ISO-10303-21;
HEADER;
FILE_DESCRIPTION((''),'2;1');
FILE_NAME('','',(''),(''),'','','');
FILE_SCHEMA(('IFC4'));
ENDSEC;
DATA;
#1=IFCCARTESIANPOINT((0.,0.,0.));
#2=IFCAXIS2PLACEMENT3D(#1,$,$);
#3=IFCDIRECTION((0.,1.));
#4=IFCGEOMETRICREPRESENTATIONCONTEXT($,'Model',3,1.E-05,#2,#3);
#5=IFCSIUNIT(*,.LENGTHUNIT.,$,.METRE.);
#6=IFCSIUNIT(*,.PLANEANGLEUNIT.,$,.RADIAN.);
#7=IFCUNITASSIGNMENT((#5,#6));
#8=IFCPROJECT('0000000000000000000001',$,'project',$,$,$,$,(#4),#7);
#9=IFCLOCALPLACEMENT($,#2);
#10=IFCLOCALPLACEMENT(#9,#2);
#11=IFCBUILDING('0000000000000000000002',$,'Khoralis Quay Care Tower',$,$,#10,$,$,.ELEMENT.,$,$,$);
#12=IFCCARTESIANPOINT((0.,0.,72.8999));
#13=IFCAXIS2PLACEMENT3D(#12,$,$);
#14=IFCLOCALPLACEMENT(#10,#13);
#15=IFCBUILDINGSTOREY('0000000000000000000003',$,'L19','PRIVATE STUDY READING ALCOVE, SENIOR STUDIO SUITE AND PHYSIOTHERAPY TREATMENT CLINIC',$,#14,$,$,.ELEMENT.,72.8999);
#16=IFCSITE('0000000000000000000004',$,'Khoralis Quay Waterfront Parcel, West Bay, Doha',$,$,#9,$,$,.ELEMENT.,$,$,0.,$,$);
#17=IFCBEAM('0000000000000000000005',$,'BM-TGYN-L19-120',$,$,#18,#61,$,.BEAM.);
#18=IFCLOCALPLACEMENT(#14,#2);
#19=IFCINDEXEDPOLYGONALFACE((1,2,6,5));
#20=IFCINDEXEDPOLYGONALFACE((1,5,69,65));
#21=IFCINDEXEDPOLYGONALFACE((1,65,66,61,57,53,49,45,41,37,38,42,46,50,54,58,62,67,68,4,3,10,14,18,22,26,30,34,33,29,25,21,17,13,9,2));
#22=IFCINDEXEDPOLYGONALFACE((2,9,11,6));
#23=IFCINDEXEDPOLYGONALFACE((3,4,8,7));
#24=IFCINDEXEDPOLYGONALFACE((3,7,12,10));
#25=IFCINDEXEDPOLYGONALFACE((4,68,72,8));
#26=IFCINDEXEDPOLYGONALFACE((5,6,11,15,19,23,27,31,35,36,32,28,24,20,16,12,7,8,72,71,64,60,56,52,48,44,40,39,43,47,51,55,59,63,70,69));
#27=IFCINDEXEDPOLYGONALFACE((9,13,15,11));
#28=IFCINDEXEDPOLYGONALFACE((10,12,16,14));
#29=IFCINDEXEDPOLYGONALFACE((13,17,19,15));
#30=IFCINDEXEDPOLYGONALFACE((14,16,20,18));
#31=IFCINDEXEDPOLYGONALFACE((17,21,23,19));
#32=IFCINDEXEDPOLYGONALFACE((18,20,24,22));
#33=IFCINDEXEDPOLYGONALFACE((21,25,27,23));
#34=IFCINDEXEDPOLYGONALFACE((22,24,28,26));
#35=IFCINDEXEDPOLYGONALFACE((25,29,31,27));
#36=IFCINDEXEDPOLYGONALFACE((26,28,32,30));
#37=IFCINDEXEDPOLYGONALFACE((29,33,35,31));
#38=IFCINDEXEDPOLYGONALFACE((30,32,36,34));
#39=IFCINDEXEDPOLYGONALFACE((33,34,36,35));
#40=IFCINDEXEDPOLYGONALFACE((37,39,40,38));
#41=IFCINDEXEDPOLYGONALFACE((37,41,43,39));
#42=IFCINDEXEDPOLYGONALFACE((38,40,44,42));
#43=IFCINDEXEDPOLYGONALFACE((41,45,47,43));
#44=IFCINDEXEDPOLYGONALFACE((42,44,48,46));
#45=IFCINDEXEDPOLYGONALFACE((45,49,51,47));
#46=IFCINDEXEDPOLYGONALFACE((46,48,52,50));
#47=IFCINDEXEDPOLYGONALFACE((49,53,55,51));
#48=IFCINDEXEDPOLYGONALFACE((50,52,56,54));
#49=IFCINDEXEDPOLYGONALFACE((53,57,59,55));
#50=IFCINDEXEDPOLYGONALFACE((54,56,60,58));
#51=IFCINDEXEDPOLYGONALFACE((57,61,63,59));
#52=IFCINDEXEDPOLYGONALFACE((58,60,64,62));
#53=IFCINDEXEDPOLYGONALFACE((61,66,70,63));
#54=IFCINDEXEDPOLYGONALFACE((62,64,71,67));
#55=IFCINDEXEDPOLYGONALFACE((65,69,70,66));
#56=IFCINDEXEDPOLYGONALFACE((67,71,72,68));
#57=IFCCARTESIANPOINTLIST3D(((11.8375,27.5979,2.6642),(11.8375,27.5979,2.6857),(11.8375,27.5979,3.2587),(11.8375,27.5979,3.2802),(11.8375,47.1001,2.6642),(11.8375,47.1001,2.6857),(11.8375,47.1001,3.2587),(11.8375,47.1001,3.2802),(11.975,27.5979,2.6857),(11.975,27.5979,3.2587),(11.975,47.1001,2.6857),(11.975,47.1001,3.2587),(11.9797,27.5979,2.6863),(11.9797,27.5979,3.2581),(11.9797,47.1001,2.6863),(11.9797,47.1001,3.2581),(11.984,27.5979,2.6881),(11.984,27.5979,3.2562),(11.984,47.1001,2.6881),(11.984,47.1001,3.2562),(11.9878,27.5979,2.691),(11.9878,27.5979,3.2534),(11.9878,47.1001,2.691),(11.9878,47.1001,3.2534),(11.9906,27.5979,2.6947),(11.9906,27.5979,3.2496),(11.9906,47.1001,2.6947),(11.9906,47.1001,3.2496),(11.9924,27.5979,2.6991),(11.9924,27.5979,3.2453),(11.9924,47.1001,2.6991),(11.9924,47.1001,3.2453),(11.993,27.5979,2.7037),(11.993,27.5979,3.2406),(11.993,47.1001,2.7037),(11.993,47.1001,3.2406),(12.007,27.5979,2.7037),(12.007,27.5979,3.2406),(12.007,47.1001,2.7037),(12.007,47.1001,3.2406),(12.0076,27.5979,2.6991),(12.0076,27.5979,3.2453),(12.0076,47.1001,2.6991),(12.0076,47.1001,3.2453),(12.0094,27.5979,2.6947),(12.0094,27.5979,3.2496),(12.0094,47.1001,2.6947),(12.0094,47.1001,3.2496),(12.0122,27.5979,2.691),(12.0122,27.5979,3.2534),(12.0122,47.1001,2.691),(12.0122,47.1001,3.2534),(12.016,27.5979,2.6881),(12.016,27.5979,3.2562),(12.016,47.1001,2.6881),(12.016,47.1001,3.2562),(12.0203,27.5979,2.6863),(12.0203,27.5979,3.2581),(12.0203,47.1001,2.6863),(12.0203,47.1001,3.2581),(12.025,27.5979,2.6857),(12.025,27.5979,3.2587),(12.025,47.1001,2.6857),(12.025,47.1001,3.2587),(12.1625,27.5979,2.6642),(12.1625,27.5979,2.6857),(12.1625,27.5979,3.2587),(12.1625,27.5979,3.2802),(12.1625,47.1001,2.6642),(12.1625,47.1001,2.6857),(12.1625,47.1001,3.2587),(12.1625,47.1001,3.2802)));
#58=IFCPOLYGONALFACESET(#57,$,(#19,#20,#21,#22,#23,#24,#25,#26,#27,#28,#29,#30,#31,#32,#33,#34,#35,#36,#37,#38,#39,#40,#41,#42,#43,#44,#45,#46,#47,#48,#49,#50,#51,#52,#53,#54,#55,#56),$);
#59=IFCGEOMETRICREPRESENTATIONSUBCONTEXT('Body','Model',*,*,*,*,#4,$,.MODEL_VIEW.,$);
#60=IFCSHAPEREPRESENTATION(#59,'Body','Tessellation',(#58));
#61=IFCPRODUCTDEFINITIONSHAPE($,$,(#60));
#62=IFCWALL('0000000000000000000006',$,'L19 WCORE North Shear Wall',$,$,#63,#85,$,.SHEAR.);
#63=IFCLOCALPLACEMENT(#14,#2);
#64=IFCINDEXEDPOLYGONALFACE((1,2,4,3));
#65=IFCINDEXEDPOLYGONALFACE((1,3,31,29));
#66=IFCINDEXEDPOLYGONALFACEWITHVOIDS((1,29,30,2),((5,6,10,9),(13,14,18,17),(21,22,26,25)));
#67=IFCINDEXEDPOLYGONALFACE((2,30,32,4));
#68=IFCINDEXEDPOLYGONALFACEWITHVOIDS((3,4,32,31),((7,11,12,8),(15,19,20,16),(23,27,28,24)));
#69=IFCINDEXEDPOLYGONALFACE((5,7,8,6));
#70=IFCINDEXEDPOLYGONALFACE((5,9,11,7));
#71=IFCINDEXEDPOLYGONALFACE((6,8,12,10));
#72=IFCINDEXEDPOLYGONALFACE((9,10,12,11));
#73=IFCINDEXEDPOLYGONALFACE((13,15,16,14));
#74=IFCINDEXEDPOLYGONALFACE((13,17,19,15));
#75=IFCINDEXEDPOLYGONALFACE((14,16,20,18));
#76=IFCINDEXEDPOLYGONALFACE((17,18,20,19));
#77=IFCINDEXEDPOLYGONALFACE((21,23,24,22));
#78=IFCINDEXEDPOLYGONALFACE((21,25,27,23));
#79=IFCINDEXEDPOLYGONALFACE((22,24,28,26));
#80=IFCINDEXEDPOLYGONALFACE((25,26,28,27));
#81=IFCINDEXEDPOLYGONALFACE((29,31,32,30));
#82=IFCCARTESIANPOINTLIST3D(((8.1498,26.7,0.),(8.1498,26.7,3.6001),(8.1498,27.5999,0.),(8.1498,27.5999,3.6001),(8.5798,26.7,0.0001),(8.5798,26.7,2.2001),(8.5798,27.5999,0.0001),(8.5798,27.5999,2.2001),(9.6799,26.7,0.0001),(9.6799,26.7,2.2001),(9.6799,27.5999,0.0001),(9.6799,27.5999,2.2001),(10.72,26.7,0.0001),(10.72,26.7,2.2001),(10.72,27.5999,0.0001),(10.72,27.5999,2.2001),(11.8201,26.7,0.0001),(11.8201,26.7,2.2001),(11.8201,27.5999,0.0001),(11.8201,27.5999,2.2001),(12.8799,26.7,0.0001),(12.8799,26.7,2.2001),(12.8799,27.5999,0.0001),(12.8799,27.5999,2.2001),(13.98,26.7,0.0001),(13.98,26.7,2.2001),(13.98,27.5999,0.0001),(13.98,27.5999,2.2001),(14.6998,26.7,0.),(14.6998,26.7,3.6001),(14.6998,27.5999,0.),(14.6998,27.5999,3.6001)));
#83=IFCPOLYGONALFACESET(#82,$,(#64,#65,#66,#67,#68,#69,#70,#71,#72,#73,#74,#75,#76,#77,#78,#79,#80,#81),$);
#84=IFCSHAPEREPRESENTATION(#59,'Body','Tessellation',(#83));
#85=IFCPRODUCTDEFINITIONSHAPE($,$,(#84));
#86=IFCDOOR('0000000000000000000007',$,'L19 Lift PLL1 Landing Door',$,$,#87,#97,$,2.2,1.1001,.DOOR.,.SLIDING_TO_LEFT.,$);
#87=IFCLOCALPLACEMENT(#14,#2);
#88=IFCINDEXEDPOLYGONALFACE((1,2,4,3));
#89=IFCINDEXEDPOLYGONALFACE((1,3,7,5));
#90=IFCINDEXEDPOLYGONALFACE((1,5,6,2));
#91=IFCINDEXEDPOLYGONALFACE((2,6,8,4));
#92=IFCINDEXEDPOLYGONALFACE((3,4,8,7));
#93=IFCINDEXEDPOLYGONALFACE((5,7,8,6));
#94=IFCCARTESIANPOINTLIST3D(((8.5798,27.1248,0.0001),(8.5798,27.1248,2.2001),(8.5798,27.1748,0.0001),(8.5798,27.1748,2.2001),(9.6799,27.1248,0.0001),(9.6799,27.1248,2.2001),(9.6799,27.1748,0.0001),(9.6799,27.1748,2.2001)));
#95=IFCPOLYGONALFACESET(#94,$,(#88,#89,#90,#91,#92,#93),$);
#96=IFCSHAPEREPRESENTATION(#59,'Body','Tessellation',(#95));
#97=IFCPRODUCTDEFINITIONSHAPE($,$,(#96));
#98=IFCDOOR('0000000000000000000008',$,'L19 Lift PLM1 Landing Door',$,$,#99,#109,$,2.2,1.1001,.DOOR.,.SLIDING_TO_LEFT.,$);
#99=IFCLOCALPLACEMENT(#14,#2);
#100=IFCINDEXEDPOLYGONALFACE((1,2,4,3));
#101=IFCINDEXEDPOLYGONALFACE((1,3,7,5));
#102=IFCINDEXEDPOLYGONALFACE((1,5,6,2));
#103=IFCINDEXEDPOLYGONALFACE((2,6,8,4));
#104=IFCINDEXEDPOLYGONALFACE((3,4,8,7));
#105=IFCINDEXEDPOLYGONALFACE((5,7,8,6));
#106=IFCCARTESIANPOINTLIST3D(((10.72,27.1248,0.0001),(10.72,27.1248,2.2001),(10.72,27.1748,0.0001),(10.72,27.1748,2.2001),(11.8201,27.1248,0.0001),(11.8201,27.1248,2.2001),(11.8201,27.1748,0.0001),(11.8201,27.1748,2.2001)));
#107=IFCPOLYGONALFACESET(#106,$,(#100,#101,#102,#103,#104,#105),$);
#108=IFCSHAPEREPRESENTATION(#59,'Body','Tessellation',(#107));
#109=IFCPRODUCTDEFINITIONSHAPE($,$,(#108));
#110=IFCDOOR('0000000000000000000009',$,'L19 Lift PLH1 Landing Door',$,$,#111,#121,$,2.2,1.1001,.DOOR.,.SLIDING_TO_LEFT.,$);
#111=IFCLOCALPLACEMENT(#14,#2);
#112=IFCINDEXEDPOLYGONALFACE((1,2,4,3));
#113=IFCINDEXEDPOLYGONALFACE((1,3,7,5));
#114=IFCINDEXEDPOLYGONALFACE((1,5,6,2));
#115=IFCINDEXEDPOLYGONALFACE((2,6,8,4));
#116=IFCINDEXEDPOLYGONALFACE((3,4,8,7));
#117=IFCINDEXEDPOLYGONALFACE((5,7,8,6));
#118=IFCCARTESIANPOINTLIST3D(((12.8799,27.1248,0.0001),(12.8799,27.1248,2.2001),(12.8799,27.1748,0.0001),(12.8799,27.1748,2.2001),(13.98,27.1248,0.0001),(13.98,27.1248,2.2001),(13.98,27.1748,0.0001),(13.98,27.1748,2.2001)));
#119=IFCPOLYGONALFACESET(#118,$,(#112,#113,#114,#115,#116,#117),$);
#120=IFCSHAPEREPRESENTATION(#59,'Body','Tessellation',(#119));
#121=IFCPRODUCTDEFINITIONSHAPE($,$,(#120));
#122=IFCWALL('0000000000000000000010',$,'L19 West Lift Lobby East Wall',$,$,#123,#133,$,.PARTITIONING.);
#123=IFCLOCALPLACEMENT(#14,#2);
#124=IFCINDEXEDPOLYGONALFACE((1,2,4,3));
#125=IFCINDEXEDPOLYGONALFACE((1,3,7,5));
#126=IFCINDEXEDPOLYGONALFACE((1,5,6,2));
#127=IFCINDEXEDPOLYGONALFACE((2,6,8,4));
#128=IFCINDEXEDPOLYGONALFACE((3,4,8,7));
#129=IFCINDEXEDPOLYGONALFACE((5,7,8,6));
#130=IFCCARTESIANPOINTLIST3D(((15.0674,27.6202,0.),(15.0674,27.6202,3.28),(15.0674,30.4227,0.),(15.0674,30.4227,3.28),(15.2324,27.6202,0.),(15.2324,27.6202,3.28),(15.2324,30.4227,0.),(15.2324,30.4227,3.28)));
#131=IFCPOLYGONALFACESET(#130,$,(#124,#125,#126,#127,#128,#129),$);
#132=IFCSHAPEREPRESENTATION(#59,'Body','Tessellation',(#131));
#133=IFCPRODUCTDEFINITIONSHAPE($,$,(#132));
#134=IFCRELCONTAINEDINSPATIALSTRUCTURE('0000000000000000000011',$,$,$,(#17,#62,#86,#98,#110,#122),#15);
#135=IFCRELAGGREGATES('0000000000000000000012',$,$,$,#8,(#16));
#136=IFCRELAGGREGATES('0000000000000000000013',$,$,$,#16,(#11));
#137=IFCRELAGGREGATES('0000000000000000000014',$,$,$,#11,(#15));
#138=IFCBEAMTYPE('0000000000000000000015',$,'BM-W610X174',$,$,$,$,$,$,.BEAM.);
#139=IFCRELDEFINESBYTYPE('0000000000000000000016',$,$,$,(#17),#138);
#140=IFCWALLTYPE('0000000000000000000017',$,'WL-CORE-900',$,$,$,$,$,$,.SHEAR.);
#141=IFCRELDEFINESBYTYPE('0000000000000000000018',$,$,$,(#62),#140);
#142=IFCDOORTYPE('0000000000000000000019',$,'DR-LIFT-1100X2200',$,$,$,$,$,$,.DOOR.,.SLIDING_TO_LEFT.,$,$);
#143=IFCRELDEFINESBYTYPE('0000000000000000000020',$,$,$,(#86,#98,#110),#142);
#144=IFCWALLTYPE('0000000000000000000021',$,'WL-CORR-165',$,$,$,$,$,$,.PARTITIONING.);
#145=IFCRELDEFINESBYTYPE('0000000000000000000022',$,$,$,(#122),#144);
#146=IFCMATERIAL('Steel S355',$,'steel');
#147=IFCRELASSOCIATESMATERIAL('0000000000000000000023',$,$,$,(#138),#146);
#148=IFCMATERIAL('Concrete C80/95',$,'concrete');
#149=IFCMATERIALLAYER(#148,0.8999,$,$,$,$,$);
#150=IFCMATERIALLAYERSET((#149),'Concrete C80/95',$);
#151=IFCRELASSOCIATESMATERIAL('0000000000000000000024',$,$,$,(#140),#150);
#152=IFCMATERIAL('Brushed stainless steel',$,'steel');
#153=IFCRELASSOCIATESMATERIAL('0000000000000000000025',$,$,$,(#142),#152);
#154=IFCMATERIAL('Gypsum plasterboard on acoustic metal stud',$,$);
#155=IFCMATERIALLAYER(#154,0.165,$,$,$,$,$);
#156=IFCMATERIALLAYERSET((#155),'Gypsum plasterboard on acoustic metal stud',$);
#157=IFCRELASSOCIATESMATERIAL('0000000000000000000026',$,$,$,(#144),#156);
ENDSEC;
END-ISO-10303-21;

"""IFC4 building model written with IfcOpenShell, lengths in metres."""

from ifc_helpers import new_model, si_unit, direction, frame, frame_2d, origin, origin_2d, place, context, subcontext, project, spatial, rectangle, i_section, extrude, source, transform, mapped, material, layer, layer_set, material_profile, profile_set, type_object, element, fill, save


model = new_model("IFC4")

# Units and contexts
model_context = context("Model", 3, precision=1e-05, world=origin(), true_north=direction((0.0, 1.0)))
body_context = subcontext(model_context, "Body", "Model", "MODEL_VIEW")
ifc_project = project(units=[si_unit("LENGTHUNIT", "METRE"), si_unit("PLANEANGLEUNIT", "RADIAN")], contexts=[model_context])

# Site, building, storey
site_placement = place(None, origin())
site = spatial("IfcSite", under=ifc_project, at=site_placement, Name="Khoralis Quay Waterfront Parcel, West Bay, Doha", CompositionType="ELEMENT", RefElevation=0.0)
building_placement = place(site_placement, origin())
building = spatial("IfcBuilding", under=site, at=building_placement, Name="Khoralis Quay Care Tower", CompositionType="ELEMENT")
storey_placement = place(building_placement, frame((0.0, 0.0, 72.8999)))
storey = spatial("IfcBuildingStorey", under=building, at=storey_placement, Name="L19", Description="PRIVATE STUDY READING ALCOVE, SENIOR STUDIO SUITE AND PHYSIOTHERAPY TREATMENT CLINIC", CompositionType="ELEMENT", Elevation=72.8999)

# Beam
ifc_material_1 = material(Name="Concrete C80/95", Category="concrete")
ifc_material_2 = material(Name="Steel S355", Category="steel")
ifc_material_profile_1 = material_profile(ifc_material_2, i_section(OverallWidth=0.325, OverallDepth=0.616, WebThickness=0.0139, FlangeThickness=0.0215, FilletRadius=0.0181, at=origin_2d()), Name="Steel S355")
ifc_profile_set_1 = profile_set([ifc_material_profile_1], Name="Steel S355")
beam_type_1 = type_object("IfcBeamType", Name="BM-W610X174", PredefinedType="BEAM", material=ifc_profile_set_1)
shared_shape_1 = source(origin(), body_context, "Body", "SweptSolid", [
    extrude(i_section(OverallWidth=0.325, OverallDepth=0.616, WebThickness=0.0139, FlangeThickness=0.0215, FilletRadius=0.0181, at=origin_2d()), origin(), (0.0, 0.0, 1.0), 19.5022),
])
beam_1_placement = place(storey_placement, frame((12.0, 27.5979, 2.9722), z_axis=(0.0, 1.0, 0.0), x_axis=(-1.0, 0.0, 0.0)))
element("IfcBeam", 1, at=beam_1_placement, inside=storey, type_object=beam_type_1, Name="BM-TGYN-L19-120", PredefinedType="BEAM", context=body_context, shape_type="MappedRepresentation", body=[
    mapped(shared_shape_1, transform((0.0, 0.0, 0.0), scale=1.0)),
])

# Wall, openings, doors
ifc_layer_1 = layer(ifc_material_1, 0.8999)
ifc_layer_set_1 = layer_set([ifc_layer_1], Name="Concrete C80/95")
wall_type_1 = type_object("IfcWallType", Name="WL-CORE-900", PredefinedType="SHEAR", material=ifc_layer_set_1)
wall_1_placement = place(storey_placement, frame((8.1499, 27.1499, 0.0), z_axis=(0.0, 0.0, 1.0), x_axis=(1.0, 0.0, 0.0)))
wall_1 = element("IfcWall", 2, at=wall_1_placement, inside=storey, type_object=wall_type_1, Name="L19 WCORE North Shear Wall", PredefinedType="SHEAR", context=body_context, shape_type="SweptSolid", body=[
    extrude(rectangle(XDim=6.55, YDim=0.8999, at=frame_2d((3.2749, 0.0))), origin(), (0.0, 0.0, 1.0), 3.6001),
])
opening_1_placement = place(wall_1_placement, frame((0.4299, 0.0, 0.0)))
opening_1 = element("IfcOpeningElement", 3, at=opening_1_placement, cuts=wall_1, PredefinedType="OPENING", context=body_context, shape_type="SweptSolid", body=[
    extrude(rectangle(XDim=1.1001, YDim=2.2, at=frame_2d((0.55, 1.1001))), frame((0.0, 0.46, 0.0), z_axis=(0.0, -1.0, 0.0), x_axis=(1.0, 0.0, 0.0)), (0.0, 0.0, 1.0), 0.9199),
])
opening_2_placement = place(wall_1_placement, frame((2.5701, 0.0, 0.0)))
opening_2 = element("IfcOpeningElement", 4, at=opening_2_placement, cuts=wall_1, PredefinedType="OPENING", context=body_context, shape_type="SweptSolid", body=[
    extrude(rectangle(XDim=1.1001, YDim=2.2, at=frame_2d((0.55, 1.1001))), frame((0.0, 0.46, 0.0), z_axis=(0.0, -1.0, 0.0), x_axis=(1.0, 0.0, 0.0)), (0.0, 0.0, 1.0), 0.9199),
])
opening_3_placement = place(wall_1_placement, frame((4.73, 0.0, 0.0)))
opening_3 = element("IfcOpeningElement", 5, at=opening_3_placement, cuts=wall_1, PredefinedType="OPENING", context=body_context, shape_type="SweptSolid", body=[
    extrude(rectangle(XDim=1.1001, YDim=2.2, at=frame_2d((0.55, 1.1001))), frame((0.0, 0.46, 0.0), z_axis=(0.0, -1.0, 0.0), x_axis=(1.0, 0.0, 0.0)), (0.0, 0.0, 1.0), 0.9199),
])
ifc_material_3 = material(Name="Brushed stainless steel", Category="steel")
door_type_1 = type_object("IfcDoorType", Name="DR-LIFT-1100X2200", OperationType="SLIDING_TO_LEFT", PredefinedType="DOOR", material=ifc_material_3)
shared_shape_2 = source(origin(), body_context, "Body", "SweptSolid", [
    extrude(rectangle(XDim=1.1001, YDim=2.2, at=frame_2d((0.55, 1.1001))), frame((0.0, 0.0249, 0.0), z_axis=(0.0, -1.0, 0.0), x_axis=(1.0, 0.0, 0.0)), (0.0, 0.0, 1.0), 0.05),
])
door_1_placement = place(opening_1_placement, origin())
door_1 = element("IfcDoor", 6, at=door_1_placement, inside=storey, type_object=door_type_1, Name="L19 Lift PLL1 Landing Door", OperationType="SLIDING_TO_LEFT", OverallHeight=2.2, OverallWidth=1.1001, PredefinedType="DOOR", context=body_context, shape_type="MappedRepresentation", body=[
    mapped(shared_shape_2, transform((0.0, 0.0, 0.0), scale=1.0)),
])
fill(opening_1, door_1)
door_2_placement = place(opening_2_placement, origin())
door_2 = element("IfcDoor", 7, at=door_2_placement, inside=storey, type_object=door_type_1, Name="L19 Lift PLM1 Landing Door", OperationType="SLIDING_TO_LEFT", OverallHeight=2.2, OverallWidth=1.1001, PredefinedType="DOOR", context=body_context, shape_type="MappedRepresentation", body=[
    mapped(shared_shape_2, transform((0.0, 0.0, 0.0), scale=1.0)),
])
fill(opening_2, door_2)
door_3_placement = place(opening_3_placement, origin())
door_3 = element("IfcDoor", 8, at=door_3_placement, inside=storey, type_object=door_type_1, Name="L19 Lift PLH1 Landing Door", OperationType="SLIDING_TO_LEFT", OverallHeight=2.2, OverallWidth=1.1001, PredefinedType="DOOR", context=body_context, shape_type="MappedRepresentation", body=[
    mapped(shared_shape_2, transform((0.0, 0.0, 0.0), scale=1.0)),
])
fill(opening_3, door_3)

# Wall
ifc_material_4 = material(Name="Gypsum plasterboard on acoustic metal stud")
ifc_layer_2 = layer(ifc_material_4, 0.165)
ifc_layer_set_2 = layer_set([ifc_layer_2], Name="Gypsum plasterboard on acoustic metal stud")
wall_type_2 = type_object("IfcWallType", Name="WL-CORR-165", PredefinedType="PARTITIONING", material=ifc_layer_set_2)
wall_2_placement = place(storey_placement, frame((15.1499, 27.6201, 0.0), z_axis=(0.0, 0.0, 1.0), x_axis=(0.0, 1.0, 0.0)))
element("IfcWall", 9, at=wall_2_placement, inside=storey, type_object=wall_type_2, Name="L19 West Lift Lobby East Wall", PredefinedType="PARTITIONING", context=body_context, shape_type="SweptSolid", body=[
    extrude(rectangle(XDim=2.8025, YDim=0.165, at=frame_2d((1.4014, 0.0))), origin(), (0.0, 0.0, 1.0), 3.28),
])

save(model, "model.ifc")
